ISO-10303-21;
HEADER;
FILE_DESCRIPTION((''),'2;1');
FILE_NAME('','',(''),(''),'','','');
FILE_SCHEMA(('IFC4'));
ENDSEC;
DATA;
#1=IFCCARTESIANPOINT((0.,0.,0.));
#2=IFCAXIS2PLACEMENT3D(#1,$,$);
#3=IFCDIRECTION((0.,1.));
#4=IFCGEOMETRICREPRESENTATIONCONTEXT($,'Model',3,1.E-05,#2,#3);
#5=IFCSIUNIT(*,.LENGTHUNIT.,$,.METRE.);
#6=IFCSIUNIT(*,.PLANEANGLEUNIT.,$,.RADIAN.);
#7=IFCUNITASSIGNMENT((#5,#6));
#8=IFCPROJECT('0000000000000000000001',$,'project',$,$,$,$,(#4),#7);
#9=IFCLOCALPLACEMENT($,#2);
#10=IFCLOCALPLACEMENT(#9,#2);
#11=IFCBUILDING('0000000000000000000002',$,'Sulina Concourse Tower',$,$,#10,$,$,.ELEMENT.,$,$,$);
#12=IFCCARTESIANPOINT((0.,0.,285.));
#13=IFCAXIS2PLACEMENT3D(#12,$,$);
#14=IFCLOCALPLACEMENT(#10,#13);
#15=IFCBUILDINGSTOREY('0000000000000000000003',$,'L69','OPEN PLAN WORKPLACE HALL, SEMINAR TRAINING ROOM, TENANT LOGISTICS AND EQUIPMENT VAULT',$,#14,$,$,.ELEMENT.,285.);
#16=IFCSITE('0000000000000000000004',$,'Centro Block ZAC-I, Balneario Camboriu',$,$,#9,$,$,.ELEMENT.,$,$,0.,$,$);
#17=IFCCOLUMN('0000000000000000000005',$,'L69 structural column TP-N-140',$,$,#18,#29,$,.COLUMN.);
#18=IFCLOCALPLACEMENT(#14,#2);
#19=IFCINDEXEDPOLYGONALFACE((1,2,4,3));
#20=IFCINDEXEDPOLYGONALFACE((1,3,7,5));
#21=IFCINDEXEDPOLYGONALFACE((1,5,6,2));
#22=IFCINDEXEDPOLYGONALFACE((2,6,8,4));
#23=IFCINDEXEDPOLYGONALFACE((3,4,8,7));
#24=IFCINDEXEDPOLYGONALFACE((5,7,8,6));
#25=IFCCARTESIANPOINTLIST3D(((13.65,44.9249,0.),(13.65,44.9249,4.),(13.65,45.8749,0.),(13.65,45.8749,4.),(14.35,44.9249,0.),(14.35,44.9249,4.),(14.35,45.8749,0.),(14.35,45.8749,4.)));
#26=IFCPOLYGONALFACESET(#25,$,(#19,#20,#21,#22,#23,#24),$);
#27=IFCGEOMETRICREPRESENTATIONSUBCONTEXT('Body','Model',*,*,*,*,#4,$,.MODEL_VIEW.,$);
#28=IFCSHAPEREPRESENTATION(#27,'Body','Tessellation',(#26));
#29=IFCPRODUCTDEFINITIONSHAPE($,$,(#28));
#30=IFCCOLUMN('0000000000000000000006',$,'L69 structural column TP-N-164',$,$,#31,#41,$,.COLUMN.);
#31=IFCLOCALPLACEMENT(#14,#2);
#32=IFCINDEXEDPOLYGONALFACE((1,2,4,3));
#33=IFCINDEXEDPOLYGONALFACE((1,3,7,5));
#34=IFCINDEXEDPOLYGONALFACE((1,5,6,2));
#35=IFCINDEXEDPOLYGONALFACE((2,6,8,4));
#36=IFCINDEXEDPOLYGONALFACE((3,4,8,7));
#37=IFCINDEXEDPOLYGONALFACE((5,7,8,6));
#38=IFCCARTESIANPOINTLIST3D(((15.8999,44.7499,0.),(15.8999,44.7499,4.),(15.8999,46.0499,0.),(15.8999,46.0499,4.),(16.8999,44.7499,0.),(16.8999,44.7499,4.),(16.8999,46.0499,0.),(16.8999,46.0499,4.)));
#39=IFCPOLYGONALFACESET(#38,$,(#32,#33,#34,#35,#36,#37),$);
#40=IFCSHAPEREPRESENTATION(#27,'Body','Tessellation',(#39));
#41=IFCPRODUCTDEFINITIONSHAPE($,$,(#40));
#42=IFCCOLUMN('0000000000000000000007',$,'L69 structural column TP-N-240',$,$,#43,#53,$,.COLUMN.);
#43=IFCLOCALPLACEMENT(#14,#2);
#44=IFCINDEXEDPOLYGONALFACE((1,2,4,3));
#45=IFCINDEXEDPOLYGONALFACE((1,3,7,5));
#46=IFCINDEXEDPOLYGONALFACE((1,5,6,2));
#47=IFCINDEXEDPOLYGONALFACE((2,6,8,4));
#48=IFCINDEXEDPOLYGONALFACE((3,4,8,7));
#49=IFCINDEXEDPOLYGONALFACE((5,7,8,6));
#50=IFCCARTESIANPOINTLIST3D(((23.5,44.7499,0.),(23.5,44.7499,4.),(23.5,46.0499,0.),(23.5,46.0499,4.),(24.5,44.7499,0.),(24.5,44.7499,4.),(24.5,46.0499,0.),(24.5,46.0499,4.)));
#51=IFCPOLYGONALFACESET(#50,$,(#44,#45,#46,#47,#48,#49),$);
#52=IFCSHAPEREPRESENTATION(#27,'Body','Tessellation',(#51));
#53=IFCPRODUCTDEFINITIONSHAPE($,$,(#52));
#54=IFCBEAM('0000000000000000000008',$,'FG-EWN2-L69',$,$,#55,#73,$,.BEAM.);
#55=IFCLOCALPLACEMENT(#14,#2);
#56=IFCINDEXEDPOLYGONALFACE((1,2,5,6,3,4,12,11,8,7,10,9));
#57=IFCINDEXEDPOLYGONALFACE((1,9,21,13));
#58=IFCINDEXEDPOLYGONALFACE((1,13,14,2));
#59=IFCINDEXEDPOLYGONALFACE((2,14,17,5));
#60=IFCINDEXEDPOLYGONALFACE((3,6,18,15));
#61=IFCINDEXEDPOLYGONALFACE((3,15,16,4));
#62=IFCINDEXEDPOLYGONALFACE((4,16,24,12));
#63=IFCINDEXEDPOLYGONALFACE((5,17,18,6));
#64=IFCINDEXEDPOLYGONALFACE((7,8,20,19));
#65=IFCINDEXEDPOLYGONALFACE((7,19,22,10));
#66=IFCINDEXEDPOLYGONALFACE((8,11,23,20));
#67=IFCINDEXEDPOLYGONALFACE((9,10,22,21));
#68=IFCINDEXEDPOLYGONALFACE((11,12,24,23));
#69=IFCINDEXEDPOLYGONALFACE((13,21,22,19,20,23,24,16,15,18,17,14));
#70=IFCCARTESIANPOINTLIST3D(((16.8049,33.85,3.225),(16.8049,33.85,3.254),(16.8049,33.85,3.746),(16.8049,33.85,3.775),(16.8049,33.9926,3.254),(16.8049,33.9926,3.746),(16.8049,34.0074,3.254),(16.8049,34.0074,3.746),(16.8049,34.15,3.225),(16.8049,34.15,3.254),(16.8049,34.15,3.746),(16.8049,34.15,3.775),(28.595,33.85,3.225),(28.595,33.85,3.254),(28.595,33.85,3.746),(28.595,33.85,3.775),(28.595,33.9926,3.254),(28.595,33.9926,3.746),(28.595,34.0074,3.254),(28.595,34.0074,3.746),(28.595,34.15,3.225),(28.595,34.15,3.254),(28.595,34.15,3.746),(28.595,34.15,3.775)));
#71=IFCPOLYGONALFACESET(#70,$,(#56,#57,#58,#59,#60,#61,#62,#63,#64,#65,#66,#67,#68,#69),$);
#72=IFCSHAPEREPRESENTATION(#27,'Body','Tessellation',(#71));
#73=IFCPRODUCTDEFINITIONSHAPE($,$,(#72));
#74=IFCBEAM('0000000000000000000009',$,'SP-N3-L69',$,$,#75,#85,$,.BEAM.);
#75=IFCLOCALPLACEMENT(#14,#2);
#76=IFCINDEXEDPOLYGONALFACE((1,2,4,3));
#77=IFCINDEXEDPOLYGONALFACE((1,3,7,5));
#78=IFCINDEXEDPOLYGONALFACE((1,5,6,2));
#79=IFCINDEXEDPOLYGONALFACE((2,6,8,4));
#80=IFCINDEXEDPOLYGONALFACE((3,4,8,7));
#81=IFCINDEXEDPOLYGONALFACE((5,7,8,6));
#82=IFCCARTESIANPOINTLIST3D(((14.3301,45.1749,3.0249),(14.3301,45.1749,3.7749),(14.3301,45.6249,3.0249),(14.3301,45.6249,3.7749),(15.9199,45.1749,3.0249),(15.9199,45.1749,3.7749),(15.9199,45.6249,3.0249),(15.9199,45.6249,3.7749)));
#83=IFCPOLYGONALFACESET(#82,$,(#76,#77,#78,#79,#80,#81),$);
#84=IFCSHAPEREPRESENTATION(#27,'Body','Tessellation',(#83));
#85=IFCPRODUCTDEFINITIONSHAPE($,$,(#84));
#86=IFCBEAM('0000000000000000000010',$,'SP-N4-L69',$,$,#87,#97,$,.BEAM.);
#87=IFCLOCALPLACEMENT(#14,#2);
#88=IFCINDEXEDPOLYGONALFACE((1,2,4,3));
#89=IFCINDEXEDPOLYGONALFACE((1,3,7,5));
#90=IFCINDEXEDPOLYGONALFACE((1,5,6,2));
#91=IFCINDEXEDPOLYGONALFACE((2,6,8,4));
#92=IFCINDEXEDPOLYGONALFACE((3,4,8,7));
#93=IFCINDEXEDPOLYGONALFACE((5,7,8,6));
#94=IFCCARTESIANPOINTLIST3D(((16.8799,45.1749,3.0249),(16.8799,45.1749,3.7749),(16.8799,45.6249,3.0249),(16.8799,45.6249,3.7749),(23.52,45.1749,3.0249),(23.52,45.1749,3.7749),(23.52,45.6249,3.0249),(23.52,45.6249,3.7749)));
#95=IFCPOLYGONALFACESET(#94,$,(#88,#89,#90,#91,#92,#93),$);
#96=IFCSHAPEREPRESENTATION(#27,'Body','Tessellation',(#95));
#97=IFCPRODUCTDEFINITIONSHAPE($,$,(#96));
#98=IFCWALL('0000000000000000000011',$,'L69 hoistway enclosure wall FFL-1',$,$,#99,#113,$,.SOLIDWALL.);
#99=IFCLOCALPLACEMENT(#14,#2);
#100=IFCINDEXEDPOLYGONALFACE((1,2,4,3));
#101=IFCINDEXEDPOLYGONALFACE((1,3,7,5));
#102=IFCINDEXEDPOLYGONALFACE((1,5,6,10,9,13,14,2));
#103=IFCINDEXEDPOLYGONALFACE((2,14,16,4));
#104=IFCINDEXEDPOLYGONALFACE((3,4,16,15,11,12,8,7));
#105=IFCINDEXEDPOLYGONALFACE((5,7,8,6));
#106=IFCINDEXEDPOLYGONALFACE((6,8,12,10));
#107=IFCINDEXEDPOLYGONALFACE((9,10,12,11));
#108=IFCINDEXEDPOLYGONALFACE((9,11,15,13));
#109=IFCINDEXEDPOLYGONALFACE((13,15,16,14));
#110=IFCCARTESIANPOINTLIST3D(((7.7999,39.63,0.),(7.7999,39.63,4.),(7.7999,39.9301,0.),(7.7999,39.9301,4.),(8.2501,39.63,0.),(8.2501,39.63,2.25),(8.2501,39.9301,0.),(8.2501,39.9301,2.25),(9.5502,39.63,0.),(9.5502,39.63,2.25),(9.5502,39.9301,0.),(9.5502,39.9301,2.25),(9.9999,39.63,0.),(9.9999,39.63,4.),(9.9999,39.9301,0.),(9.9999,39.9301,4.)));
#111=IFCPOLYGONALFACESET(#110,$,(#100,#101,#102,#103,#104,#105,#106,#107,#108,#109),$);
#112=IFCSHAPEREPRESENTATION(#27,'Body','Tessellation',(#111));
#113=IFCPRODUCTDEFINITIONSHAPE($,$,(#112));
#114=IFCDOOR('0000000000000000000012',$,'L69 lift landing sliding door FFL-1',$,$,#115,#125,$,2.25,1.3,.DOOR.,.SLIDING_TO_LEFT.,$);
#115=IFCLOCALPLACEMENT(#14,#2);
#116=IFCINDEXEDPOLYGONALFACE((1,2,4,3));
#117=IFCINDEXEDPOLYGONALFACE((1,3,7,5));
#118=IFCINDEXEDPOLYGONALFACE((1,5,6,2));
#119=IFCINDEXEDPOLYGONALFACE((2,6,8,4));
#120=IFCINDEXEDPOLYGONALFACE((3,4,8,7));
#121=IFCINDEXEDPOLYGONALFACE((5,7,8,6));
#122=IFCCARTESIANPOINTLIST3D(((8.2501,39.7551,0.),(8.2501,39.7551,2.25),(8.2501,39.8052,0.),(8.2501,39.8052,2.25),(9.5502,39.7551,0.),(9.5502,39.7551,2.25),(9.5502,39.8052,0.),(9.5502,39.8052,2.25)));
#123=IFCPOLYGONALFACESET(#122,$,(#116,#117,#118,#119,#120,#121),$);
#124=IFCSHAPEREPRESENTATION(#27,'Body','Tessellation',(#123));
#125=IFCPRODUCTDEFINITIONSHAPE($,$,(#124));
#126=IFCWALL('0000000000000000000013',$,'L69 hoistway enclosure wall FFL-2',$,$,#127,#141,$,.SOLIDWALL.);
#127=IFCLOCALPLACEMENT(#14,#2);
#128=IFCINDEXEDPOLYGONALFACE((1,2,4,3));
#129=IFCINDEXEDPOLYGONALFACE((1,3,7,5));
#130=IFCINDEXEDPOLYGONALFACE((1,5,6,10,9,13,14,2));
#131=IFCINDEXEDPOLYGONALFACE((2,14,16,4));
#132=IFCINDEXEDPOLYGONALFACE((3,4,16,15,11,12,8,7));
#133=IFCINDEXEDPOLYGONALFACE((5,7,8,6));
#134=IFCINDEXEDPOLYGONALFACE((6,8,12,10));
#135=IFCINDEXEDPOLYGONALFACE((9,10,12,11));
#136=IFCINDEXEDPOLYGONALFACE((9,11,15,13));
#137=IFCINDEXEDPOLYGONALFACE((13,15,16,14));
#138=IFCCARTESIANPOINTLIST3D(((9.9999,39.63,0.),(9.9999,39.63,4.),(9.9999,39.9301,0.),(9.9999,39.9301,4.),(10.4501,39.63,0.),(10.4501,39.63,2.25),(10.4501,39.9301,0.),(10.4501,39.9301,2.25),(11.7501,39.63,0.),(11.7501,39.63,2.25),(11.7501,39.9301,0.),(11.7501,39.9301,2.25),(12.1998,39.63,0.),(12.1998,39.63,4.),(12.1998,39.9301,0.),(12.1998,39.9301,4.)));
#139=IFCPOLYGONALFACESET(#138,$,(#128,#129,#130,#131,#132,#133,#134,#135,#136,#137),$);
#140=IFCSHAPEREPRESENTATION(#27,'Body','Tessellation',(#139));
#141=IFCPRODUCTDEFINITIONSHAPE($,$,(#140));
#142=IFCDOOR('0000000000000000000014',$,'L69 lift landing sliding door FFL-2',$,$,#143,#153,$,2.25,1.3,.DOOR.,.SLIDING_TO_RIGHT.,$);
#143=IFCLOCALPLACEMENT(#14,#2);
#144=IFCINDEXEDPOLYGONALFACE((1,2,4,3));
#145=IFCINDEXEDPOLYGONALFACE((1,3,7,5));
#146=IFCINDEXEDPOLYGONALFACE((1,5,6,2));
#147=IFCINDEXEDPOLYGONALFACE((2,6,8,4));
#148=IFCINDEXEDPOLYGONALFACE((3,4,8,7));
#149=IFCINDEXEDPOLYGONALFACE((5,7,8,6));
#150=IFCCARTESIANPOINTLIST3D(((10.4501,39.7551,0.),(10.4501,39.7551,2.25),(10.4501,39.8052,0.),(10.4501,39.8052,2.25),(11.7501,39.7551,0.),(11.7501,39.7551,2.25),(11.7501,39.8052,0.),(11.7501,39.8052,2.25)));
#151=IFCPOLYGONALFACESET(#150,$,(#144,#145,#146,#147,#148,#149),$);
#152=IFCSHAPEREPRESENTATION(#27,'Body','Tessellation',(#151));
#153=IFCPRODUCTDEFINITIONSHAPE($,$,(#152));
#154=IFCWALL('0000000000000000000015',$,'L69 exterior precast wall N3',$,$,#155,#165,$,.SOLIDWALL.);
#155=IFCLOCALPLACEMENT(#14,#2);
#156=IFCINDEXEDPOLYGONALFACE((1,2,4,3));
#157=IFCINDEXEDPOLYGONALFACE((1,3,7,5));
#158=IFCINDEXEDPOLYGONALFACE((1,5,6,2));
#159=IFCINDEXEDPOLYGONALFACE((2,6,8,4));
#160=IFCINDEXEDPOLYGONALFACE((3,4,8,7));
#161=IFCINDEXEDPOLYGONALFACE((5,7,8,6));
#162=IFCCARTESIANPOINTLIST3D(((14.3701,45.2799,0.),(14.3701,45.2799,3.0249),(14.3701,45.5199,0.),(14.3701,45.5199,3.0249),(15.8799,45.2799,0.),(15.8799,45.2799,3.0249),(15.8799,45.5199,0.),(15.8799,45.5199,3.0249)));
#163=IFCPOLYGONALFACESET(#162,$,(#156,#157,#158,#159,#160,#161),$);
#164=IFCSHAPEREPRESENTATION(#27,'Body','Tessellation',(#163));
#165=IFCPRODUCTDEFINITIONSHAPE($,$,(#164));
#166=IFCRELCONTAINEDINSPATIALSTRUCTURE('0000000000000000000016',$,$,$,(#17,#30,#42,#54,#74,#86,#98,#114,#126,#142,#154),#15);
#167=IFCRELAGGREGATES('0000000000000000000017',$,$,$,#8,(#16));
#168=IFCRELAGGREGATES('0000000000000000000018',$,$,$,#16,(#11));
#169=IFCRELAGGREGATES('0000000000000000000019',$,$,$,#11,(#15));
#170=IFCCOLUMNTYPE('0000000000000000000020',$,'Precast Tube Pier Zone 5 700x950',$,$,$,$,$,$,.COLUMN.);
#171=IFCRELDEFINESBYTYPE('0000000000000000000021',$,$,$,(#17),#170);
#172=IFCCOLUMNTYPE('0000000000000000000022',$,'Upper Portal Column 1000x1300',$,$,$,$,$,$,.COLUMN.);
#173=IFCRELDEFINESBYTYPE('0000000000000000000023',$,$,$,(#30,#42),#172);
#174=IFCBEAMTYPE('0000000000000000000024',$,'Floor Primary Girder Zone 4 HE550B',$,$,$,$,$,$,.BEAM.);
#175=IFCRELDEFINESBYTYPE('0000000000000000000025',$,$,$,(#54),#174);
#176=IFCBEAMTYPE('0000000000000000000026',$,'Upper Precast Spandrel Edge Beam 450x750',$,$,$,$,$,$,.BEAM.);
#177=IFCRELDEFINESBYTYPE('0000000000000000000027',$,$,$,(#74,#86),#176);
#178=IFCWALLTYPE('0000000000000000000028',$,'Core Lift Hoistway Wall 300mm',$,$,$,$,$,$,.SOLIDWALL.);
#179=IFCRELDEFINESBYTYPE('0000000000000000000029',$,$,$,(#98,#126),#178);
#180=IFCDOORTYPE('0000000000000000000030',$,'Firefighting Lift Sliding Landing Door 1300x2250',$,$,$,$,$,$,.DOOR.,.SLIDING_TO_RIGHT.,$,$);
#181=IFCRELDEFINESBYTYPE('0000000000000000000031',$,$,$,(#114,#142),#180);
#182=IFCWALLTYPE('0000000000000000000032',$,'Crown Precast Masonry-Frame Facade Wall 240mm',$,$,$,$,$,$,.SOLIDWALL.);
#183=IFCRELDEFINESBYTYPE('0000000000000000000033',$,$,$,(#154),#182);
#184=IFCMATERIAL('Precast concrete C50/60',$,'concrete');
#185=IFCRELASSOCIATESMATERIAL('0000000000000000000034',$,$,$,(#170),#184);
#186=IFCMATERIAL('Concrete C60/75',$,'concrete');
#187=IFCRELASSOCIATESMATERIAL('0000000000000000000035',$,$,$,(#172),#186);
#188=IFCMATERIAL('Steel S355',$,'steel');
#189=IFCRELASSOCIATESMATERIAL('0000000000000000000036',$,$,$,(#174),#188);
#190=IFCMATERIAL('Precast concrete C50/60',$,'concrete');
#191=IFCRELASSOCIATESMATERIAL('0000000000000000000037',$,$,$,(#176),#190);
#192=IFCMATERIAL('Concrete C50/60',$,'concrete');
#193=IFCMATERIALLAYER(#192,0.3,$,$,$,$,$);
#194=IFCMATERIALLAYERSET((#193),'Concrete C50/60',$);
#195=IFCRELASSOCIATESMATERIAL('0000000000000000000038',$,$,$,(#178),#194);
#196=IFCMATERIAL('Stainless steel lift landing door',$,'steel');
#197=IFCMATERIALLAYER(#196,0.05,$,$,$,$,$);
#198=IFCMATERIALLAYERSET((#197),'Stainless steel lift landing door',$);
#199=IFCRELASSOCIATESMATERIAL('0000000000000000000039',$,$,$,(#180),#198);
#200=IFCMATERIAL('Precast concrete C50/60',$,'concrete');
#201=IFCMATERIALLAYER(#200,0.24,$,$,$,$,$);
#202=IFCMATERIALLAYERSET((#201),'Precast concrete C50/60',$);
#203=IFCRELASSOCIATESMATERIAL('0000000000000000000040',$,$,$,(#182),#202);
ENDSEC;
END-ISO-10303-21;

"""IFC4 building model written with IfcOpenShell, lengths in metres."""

from ifc_helpers import new_model, si_unit, direction, frame, frame_2d, origin, origin_2d, place, context, subcontext, project, spatial, rectangle, i_section, extrude, material, layer, layer_set, material_profile, profile_set, type_object, element, fill, save


model = new_model("IFC4")

# Units and contexts
model_context = context("Model", 3, precision=1e-05, world=origin(), true_north=direction((0.0, 1.0)))
body_context = subcontext(model_context, "Body", "Model", "MODEL_VIEW")
ifc_project = project(units=[si_unit("LENGTHUNIT", "METRE"), si_unit("PLANEANGLEUNIT", "RADIAN")], contexts=[model_context])

# Site, building, storey
site_placement = place(None, origin())
site = spatial("IfcSite", under=ifc_project, at=site_placement, Name="Centro Block ZAC-I, Balneario Camboriu", CompositionType="ELEMENT", RefElevation=0.0)
building_placement = place(site_placement, origin())
building = spatial("IfcBuilding", under=site, at=building_placement, Name="Sulina Concourse Tower", CompositionType="ELEMENT")
storey_placement = place(building_placement, frame((0.0, 0.0, 285.0)))
storey = spatial("IfcBuildingStorey", under=building, at=storey_placement, Name="L69", Description="OPEN PLAN WORKPLACE HALL, SEMINAR TRAINING ROOM, TENANT LOGISTICS AND EQUIPMENT VAULT", CompositionType="ELEMENT", Elevation=285.0)

# Columns
ifc_material_1 = material(Name="Precast concrete C50/60", Category="concrete")
ifc_material_profile_1 = material_profile(ifc_material_1, rectangle(XDim=0.7, YDim=0.95, at=origin_2d()), Name="PC 700x950")
ifc_profile_set_1 = profile_set([ifc_material_profile_1], Name="Precast concrete C50/60")
column_type_1 = type_object("IfcColumnType", Name="Precast Tube Pier Zone 5 700x950", PredefinedType="COLUMN", material=ifc_profile_set_1)
column_placement = place(storey_placement, frame((14.0, 45.3999, 0.0), z_axis=(0.0, 0.0, 1.0), x_axis=(1.0, 0.0, 0.0)))
element("IfcColumn", 1, at=column_placement, inside=storey, type_object=column_type_1, Name="L69 structural column TP-N-140", PredefinedType="COLUMN", context=body_context, shape_type="SweptSolid", body=[
    extrude(rectangle(XDim=0.7, YDim=0.95, at=origin_2d()), origin(), (0.0, 0.0, 1.0), 4.0),
])
ifc_material_2 = material(Name="Concrete C60/75", Category="concrete")
ifc_material_profile_2 = material_profile(ifc_material_2, rectangle(XDim=1.0, YDim=1.3, at=origin_2d()), Name="RC 1000x1300")
ifc_profile_set_2 = profile_set([ifc_material_profile_2], Name="Concrete C60/75")
column_type_2 = type_object("IfcColumnType", Name="Upper Portal Column 1000x1300", PredefinedType="COLUMN", material=ifc_profile_set_2)
for number, where, z_axis, x_axis, name in (
    (2, (16.3999, 45.3999, 0.0), (0.0, 0.0, 1.0), (1.0, 0.0, 0.0), "L69 structural column TP-N-164"),
    (3, (24.0, 45.3999, 0.0), (0.0, 0.0, 1.0), (1.0, 0.0, 0.0), "L69 structural column TP-N-240"),
):
    element("IfcColumn", number, at=place(storey_placement, frame(where, z_axis=z_axis, x_axis=x_axis)), inside=storey, type_object=column_type_2, Name=name, PredefinedType="COLUMN", context=body_context, shape_type="SweptSolid", body=[
        extrude(rectangle(XDim=1.0, YDim=1.3, at=origin_2d()), origin(), (0.0, 0.0, 1.0), 4.0),
    ])

# Beams
ifc_material_3 = material(Name="Steel S355", Category="steel")
ifc_material_profile_3 = material_profile(ifc_material_3, i_section(OverallWidth=0.3, OverallDepth=0.55, WebThickness=0.0149, FlangeThickness=0.0291, at=origin_2d()), Name="HE 550 B")
ifc_profile_set_3 = profile_set([ifc_material_profile_3], Name="Steel S355")
beam_type_1 = type_object("IfcBeamType", Name="Floor Primary Girder Zone 4 HE550B", PredefinedType="BEAM", material=ifc_profile_set_3)
beam_1_placement = place(storey_placement, frame((16.8049, 34.0, 3.5), z_axis=(1.0, 0.0, 0.0), x_axis=(0.0, 1.0, 0.0)))
element("IfcBeam", 4, at=beam_1_placement, inside=storey, type_object=beam_type_1, Name="FG-EWN2-L69", PredefinedType="BEAM", context=body_context, shape_type="SweptSolid", body=[
    extrude(i_section(OverallWidth=0.3, OverallDepth=0.55, WebThickness=0.0149, FlangeThickness=0.0291, at=origin_2d()), origin(), (0.0, 0.0, 1.0), 11.79),
])
ifc_material_4 = material(Name="Precast concrete C50/60", Category="concrete")
ifc_material_profile_4 = material_profile(ifc_material_4, rectangle(XDim=0.45, YDim=0.75, at=origin_2d()), Name="RC 450x750")
ifc_profile_set_4 = profile_set([ifc_material_profile_4], Name="Precast concrete C50/60")
beam_type_2 = type_object("IfcBeamType", Name="Upper Precast Spandrel Edge Beam 450x750", PredefinedType="BEAM", material=ifc_profile_set_4)
beam_2_placement = place(storey_placement, frame((14.3301, 45.3999, 3.3999), z_axis=(1.0, 0.0, 0.0), x_axis=(0.0, 1.0, 0.0)))
element("IfcBeam", 5, at=beam_2_placement, inside=storey, type_object=beam_type_2, Name="SP-N3-L69", PredefinedType="BEAM", context=body_context, shape_type="SweptSolid", body=[
    extrude(rectangle(XDim=0.45, YDim=0.75, at=origin_2d()), origin(), (0.0, 0.0, 1.0), 1.5898),
])
beam_3_placement = place(storey_placement, frame((16.8799, 45.3999, 3.3999), z_axis=(1.0, 0.0, 0.0), x_axis=(0.0, 1.0, 0.0)))
element("IfcBeam", 6, at=beam_3_placement, inside=storey, type_object=beam_type_2, Name="SP-N4-L69", PredefinedType="BEAM", context=body_context, shape_type="SweptSolid", body=[
    extrude(rectangle(XDim=0.45, YDim=0.75, at=origin_2d()), origin(), (0.0, 0.0, 1.0), 6.6401),
])

# Walls, openings, doors
ifc_material_5 = material(Name="Concrete C50/60", Category="concrete")
ifc_layer_1 = layer(ifc_material_5, 0.3)
ifc_layer_set_1 = layer_set([ifc_layer_1], Name="Concrete C50/60")
wall_type_1 = type_object("IfcWallType", Name="Core Lift Hoistway Wall 300mm", PredefinedType="SOLIDWALL", material=ifc_layer_set_1)
wall_1_placement = place(storey_placement, frame((10.0, 39.78, 0.0), z_axis=(0.0, 0.0, 1.0), x_axis=(-1.0, 0.0, 0.0)))
wall_1 = element("IfcWall", 7, at=wall_1_placement, inside=storey, type_object=wall_type_1, Name="L69 hoistway enclosure wall FFL-1", PredefinedType="SOLIDWALL", context=body_context, shape_type="SweptSolid", body=[
    extrude(rectangle(XDim=2.2, YDim=0.3, at=frame_2d((1.1001, 0.0))), origin(), (0.0, 0.0, 1.0), 4.0),
])
opening_1_placement = place(wall_1_placement, frame((0.45, 0.0, 0.0)))
opening_1 = element("IfcOpeningElement", 8, at=opening_1_placement, cuts=wall_1, PredefinedType="OPENING", context=body_context, shape_type="SweptSolid", body=[
    extrude(rectangle(XDim=1.3, YDim=2.25, at=frame_2d((0.6499, 1.125))), frame((0.0, 0.1599, 0.0), z_axis=(0.0, -1.0, 0.0), x_axis=(1.0, 0.0, 0.0)), (0.0, 0.0, 1.0), 0.3201),
])
ifc_material_6 = material(Name="Stainless steel lift landing door", Category="steel")
ifc_layer_2 = layer(ifc_material_6, 0.05)
ifc_layer_set_2 = layer_set([ifc_layer_2], Name="Stainless steel lift landing door")
door_type_1 = type_object("IfcDoorType", Name="Firefighting Lift Sliding Landing Door 1300x2250", OperationType="SLIDING_TO_RIGHT", PredefinedType="DOOR", material=ifc_layer_set_2)
door_1_placement = place(opening_1_placement, origin())
door_1 = element("IfcDoor", 9, at=door_1_placement, inside=storey, type_object=door_type_1, Name="L69 lift landing sliding door FFL-1", OperationType="SLIDING_TO_LEFT", OverallHeight=2.25, OverallWidth=1.3, PredefinedType="DOOR", context=body_context, shape_type="SweptSolid", body=[
    extrude(rectangle(XDim=1.3, YDim=2.25, at=frame_2d((0.6499, 1.125))), frame((0.0, 0.0249, 0.0), z_axis=(0.0, -1.0, 0.0), x_axis=(1.0, 0.0, 0.0)), (0.0, 0.0, 1.0), 0.05),
])
fill(opening_1, door_1)
wall_2_placement = place(storey_placement, frame((12.2, 39.78, 0.0), z_axis=(0.0, 0.0, 1.0), x_axis=(-1.0, 0.0, 0.0)))
wall_2 = element("IfcWall", 10, at=wall_2_placement, inside=storey, type_object=wall_type_1, Name="L69 hoistway enclosure wall FFL-2", PredefinedType="SOLIDWALL", context=body_context, shape_type="SweptSolid", body=[
    extrude(rectangle(XDim=2.2, YDim=0.3, at=frame_2d((1.1001, 0.0))), origin(), (0.0, 0.0, 1.0), 4.0),
])
opening_2_placement = place(wall_2_placement, frame((0.45, 0.0, 0.0)))
opening_2 = element("IfcOpeningElement", 11, at=opening_2_placement, cuts=wall_2, PredefinedType="OPENING", context=body_context, shape_type="SweptSolid", body=[
    extrude(rectangle(XDim=1.3, YDim=2.25, at=frame_2d((0.6499, 1.125))), frame((0.0, 0.1599, 0.0), z_axis=(0.0, -1.0, 0.0), x_axis=(1.0, 0.0, 0.0)), (0.0, 0.0, 1.0), 0.3201),
])
door_2_placement = place(opening_2_placement, origin())
door_2 = element("IfcDoor", 12, at=door_2_placement, inside=storey, type_object=door_type_1, Name="L69 lift landing sliding door FFL-2", OperationType="SLIDING_TO_RIGHT", OverallHeight=2.25, OverallWidth=1.3, PredefinedType="DOOR", context=body_context, shape_type="SweptSolid", body=[
    extrude(rectangle(XDim=1.3, YDim=2.25, at=frame_2d((0.6499, 1.125))), frame((0.0, 0.0249, 0.0), z_axis=(0.0, -1.0, 0.0), x_axis=(1.0, 0.0, 0.0)), (0.0, 0.0, 1.0), 0.05),
])
fill(opening_2, door_2)

# Wall
ifc_material_7 = material(Name="Precast concrete C50/60", Category="concrete")
ifc_layer_3 = layer(ifc_material_7, 0.24)
ifc_layer_set_3 = layer_set([ifc_layer_3], Name="Precast concrete C50/60")
wall_type_2 = type_object("IfcWallType", Name="Crown Precast Masonry-Frame Facade Wall 240mm", PredefinedType="SOLIDWALL", material=ifc_layer_set_3)
wall_3_placement = place(storey_placement, frame((14.3701, 45.3999, 0.0), z_axis=(0.0, 0.0, 1.0), x_axis=(1.0, 0.0, 0.0)))
element("IfcWall", 13, at=wall_3_placement, inside=storey, type_object=wall_type_2, Name="L69 exterior precast wall N3", PredefinedType="SOLIDWALL", context=body_context, shape_type="SweptSolid", body=[
    extrude(rectangle(XDim=1.5098, YDim=0.24, at=frame_2d((0.7549, 0.0))), origin(), (0.0, 0.0, 1.0), 3.0249),
])

save(model, "model.ifc")
